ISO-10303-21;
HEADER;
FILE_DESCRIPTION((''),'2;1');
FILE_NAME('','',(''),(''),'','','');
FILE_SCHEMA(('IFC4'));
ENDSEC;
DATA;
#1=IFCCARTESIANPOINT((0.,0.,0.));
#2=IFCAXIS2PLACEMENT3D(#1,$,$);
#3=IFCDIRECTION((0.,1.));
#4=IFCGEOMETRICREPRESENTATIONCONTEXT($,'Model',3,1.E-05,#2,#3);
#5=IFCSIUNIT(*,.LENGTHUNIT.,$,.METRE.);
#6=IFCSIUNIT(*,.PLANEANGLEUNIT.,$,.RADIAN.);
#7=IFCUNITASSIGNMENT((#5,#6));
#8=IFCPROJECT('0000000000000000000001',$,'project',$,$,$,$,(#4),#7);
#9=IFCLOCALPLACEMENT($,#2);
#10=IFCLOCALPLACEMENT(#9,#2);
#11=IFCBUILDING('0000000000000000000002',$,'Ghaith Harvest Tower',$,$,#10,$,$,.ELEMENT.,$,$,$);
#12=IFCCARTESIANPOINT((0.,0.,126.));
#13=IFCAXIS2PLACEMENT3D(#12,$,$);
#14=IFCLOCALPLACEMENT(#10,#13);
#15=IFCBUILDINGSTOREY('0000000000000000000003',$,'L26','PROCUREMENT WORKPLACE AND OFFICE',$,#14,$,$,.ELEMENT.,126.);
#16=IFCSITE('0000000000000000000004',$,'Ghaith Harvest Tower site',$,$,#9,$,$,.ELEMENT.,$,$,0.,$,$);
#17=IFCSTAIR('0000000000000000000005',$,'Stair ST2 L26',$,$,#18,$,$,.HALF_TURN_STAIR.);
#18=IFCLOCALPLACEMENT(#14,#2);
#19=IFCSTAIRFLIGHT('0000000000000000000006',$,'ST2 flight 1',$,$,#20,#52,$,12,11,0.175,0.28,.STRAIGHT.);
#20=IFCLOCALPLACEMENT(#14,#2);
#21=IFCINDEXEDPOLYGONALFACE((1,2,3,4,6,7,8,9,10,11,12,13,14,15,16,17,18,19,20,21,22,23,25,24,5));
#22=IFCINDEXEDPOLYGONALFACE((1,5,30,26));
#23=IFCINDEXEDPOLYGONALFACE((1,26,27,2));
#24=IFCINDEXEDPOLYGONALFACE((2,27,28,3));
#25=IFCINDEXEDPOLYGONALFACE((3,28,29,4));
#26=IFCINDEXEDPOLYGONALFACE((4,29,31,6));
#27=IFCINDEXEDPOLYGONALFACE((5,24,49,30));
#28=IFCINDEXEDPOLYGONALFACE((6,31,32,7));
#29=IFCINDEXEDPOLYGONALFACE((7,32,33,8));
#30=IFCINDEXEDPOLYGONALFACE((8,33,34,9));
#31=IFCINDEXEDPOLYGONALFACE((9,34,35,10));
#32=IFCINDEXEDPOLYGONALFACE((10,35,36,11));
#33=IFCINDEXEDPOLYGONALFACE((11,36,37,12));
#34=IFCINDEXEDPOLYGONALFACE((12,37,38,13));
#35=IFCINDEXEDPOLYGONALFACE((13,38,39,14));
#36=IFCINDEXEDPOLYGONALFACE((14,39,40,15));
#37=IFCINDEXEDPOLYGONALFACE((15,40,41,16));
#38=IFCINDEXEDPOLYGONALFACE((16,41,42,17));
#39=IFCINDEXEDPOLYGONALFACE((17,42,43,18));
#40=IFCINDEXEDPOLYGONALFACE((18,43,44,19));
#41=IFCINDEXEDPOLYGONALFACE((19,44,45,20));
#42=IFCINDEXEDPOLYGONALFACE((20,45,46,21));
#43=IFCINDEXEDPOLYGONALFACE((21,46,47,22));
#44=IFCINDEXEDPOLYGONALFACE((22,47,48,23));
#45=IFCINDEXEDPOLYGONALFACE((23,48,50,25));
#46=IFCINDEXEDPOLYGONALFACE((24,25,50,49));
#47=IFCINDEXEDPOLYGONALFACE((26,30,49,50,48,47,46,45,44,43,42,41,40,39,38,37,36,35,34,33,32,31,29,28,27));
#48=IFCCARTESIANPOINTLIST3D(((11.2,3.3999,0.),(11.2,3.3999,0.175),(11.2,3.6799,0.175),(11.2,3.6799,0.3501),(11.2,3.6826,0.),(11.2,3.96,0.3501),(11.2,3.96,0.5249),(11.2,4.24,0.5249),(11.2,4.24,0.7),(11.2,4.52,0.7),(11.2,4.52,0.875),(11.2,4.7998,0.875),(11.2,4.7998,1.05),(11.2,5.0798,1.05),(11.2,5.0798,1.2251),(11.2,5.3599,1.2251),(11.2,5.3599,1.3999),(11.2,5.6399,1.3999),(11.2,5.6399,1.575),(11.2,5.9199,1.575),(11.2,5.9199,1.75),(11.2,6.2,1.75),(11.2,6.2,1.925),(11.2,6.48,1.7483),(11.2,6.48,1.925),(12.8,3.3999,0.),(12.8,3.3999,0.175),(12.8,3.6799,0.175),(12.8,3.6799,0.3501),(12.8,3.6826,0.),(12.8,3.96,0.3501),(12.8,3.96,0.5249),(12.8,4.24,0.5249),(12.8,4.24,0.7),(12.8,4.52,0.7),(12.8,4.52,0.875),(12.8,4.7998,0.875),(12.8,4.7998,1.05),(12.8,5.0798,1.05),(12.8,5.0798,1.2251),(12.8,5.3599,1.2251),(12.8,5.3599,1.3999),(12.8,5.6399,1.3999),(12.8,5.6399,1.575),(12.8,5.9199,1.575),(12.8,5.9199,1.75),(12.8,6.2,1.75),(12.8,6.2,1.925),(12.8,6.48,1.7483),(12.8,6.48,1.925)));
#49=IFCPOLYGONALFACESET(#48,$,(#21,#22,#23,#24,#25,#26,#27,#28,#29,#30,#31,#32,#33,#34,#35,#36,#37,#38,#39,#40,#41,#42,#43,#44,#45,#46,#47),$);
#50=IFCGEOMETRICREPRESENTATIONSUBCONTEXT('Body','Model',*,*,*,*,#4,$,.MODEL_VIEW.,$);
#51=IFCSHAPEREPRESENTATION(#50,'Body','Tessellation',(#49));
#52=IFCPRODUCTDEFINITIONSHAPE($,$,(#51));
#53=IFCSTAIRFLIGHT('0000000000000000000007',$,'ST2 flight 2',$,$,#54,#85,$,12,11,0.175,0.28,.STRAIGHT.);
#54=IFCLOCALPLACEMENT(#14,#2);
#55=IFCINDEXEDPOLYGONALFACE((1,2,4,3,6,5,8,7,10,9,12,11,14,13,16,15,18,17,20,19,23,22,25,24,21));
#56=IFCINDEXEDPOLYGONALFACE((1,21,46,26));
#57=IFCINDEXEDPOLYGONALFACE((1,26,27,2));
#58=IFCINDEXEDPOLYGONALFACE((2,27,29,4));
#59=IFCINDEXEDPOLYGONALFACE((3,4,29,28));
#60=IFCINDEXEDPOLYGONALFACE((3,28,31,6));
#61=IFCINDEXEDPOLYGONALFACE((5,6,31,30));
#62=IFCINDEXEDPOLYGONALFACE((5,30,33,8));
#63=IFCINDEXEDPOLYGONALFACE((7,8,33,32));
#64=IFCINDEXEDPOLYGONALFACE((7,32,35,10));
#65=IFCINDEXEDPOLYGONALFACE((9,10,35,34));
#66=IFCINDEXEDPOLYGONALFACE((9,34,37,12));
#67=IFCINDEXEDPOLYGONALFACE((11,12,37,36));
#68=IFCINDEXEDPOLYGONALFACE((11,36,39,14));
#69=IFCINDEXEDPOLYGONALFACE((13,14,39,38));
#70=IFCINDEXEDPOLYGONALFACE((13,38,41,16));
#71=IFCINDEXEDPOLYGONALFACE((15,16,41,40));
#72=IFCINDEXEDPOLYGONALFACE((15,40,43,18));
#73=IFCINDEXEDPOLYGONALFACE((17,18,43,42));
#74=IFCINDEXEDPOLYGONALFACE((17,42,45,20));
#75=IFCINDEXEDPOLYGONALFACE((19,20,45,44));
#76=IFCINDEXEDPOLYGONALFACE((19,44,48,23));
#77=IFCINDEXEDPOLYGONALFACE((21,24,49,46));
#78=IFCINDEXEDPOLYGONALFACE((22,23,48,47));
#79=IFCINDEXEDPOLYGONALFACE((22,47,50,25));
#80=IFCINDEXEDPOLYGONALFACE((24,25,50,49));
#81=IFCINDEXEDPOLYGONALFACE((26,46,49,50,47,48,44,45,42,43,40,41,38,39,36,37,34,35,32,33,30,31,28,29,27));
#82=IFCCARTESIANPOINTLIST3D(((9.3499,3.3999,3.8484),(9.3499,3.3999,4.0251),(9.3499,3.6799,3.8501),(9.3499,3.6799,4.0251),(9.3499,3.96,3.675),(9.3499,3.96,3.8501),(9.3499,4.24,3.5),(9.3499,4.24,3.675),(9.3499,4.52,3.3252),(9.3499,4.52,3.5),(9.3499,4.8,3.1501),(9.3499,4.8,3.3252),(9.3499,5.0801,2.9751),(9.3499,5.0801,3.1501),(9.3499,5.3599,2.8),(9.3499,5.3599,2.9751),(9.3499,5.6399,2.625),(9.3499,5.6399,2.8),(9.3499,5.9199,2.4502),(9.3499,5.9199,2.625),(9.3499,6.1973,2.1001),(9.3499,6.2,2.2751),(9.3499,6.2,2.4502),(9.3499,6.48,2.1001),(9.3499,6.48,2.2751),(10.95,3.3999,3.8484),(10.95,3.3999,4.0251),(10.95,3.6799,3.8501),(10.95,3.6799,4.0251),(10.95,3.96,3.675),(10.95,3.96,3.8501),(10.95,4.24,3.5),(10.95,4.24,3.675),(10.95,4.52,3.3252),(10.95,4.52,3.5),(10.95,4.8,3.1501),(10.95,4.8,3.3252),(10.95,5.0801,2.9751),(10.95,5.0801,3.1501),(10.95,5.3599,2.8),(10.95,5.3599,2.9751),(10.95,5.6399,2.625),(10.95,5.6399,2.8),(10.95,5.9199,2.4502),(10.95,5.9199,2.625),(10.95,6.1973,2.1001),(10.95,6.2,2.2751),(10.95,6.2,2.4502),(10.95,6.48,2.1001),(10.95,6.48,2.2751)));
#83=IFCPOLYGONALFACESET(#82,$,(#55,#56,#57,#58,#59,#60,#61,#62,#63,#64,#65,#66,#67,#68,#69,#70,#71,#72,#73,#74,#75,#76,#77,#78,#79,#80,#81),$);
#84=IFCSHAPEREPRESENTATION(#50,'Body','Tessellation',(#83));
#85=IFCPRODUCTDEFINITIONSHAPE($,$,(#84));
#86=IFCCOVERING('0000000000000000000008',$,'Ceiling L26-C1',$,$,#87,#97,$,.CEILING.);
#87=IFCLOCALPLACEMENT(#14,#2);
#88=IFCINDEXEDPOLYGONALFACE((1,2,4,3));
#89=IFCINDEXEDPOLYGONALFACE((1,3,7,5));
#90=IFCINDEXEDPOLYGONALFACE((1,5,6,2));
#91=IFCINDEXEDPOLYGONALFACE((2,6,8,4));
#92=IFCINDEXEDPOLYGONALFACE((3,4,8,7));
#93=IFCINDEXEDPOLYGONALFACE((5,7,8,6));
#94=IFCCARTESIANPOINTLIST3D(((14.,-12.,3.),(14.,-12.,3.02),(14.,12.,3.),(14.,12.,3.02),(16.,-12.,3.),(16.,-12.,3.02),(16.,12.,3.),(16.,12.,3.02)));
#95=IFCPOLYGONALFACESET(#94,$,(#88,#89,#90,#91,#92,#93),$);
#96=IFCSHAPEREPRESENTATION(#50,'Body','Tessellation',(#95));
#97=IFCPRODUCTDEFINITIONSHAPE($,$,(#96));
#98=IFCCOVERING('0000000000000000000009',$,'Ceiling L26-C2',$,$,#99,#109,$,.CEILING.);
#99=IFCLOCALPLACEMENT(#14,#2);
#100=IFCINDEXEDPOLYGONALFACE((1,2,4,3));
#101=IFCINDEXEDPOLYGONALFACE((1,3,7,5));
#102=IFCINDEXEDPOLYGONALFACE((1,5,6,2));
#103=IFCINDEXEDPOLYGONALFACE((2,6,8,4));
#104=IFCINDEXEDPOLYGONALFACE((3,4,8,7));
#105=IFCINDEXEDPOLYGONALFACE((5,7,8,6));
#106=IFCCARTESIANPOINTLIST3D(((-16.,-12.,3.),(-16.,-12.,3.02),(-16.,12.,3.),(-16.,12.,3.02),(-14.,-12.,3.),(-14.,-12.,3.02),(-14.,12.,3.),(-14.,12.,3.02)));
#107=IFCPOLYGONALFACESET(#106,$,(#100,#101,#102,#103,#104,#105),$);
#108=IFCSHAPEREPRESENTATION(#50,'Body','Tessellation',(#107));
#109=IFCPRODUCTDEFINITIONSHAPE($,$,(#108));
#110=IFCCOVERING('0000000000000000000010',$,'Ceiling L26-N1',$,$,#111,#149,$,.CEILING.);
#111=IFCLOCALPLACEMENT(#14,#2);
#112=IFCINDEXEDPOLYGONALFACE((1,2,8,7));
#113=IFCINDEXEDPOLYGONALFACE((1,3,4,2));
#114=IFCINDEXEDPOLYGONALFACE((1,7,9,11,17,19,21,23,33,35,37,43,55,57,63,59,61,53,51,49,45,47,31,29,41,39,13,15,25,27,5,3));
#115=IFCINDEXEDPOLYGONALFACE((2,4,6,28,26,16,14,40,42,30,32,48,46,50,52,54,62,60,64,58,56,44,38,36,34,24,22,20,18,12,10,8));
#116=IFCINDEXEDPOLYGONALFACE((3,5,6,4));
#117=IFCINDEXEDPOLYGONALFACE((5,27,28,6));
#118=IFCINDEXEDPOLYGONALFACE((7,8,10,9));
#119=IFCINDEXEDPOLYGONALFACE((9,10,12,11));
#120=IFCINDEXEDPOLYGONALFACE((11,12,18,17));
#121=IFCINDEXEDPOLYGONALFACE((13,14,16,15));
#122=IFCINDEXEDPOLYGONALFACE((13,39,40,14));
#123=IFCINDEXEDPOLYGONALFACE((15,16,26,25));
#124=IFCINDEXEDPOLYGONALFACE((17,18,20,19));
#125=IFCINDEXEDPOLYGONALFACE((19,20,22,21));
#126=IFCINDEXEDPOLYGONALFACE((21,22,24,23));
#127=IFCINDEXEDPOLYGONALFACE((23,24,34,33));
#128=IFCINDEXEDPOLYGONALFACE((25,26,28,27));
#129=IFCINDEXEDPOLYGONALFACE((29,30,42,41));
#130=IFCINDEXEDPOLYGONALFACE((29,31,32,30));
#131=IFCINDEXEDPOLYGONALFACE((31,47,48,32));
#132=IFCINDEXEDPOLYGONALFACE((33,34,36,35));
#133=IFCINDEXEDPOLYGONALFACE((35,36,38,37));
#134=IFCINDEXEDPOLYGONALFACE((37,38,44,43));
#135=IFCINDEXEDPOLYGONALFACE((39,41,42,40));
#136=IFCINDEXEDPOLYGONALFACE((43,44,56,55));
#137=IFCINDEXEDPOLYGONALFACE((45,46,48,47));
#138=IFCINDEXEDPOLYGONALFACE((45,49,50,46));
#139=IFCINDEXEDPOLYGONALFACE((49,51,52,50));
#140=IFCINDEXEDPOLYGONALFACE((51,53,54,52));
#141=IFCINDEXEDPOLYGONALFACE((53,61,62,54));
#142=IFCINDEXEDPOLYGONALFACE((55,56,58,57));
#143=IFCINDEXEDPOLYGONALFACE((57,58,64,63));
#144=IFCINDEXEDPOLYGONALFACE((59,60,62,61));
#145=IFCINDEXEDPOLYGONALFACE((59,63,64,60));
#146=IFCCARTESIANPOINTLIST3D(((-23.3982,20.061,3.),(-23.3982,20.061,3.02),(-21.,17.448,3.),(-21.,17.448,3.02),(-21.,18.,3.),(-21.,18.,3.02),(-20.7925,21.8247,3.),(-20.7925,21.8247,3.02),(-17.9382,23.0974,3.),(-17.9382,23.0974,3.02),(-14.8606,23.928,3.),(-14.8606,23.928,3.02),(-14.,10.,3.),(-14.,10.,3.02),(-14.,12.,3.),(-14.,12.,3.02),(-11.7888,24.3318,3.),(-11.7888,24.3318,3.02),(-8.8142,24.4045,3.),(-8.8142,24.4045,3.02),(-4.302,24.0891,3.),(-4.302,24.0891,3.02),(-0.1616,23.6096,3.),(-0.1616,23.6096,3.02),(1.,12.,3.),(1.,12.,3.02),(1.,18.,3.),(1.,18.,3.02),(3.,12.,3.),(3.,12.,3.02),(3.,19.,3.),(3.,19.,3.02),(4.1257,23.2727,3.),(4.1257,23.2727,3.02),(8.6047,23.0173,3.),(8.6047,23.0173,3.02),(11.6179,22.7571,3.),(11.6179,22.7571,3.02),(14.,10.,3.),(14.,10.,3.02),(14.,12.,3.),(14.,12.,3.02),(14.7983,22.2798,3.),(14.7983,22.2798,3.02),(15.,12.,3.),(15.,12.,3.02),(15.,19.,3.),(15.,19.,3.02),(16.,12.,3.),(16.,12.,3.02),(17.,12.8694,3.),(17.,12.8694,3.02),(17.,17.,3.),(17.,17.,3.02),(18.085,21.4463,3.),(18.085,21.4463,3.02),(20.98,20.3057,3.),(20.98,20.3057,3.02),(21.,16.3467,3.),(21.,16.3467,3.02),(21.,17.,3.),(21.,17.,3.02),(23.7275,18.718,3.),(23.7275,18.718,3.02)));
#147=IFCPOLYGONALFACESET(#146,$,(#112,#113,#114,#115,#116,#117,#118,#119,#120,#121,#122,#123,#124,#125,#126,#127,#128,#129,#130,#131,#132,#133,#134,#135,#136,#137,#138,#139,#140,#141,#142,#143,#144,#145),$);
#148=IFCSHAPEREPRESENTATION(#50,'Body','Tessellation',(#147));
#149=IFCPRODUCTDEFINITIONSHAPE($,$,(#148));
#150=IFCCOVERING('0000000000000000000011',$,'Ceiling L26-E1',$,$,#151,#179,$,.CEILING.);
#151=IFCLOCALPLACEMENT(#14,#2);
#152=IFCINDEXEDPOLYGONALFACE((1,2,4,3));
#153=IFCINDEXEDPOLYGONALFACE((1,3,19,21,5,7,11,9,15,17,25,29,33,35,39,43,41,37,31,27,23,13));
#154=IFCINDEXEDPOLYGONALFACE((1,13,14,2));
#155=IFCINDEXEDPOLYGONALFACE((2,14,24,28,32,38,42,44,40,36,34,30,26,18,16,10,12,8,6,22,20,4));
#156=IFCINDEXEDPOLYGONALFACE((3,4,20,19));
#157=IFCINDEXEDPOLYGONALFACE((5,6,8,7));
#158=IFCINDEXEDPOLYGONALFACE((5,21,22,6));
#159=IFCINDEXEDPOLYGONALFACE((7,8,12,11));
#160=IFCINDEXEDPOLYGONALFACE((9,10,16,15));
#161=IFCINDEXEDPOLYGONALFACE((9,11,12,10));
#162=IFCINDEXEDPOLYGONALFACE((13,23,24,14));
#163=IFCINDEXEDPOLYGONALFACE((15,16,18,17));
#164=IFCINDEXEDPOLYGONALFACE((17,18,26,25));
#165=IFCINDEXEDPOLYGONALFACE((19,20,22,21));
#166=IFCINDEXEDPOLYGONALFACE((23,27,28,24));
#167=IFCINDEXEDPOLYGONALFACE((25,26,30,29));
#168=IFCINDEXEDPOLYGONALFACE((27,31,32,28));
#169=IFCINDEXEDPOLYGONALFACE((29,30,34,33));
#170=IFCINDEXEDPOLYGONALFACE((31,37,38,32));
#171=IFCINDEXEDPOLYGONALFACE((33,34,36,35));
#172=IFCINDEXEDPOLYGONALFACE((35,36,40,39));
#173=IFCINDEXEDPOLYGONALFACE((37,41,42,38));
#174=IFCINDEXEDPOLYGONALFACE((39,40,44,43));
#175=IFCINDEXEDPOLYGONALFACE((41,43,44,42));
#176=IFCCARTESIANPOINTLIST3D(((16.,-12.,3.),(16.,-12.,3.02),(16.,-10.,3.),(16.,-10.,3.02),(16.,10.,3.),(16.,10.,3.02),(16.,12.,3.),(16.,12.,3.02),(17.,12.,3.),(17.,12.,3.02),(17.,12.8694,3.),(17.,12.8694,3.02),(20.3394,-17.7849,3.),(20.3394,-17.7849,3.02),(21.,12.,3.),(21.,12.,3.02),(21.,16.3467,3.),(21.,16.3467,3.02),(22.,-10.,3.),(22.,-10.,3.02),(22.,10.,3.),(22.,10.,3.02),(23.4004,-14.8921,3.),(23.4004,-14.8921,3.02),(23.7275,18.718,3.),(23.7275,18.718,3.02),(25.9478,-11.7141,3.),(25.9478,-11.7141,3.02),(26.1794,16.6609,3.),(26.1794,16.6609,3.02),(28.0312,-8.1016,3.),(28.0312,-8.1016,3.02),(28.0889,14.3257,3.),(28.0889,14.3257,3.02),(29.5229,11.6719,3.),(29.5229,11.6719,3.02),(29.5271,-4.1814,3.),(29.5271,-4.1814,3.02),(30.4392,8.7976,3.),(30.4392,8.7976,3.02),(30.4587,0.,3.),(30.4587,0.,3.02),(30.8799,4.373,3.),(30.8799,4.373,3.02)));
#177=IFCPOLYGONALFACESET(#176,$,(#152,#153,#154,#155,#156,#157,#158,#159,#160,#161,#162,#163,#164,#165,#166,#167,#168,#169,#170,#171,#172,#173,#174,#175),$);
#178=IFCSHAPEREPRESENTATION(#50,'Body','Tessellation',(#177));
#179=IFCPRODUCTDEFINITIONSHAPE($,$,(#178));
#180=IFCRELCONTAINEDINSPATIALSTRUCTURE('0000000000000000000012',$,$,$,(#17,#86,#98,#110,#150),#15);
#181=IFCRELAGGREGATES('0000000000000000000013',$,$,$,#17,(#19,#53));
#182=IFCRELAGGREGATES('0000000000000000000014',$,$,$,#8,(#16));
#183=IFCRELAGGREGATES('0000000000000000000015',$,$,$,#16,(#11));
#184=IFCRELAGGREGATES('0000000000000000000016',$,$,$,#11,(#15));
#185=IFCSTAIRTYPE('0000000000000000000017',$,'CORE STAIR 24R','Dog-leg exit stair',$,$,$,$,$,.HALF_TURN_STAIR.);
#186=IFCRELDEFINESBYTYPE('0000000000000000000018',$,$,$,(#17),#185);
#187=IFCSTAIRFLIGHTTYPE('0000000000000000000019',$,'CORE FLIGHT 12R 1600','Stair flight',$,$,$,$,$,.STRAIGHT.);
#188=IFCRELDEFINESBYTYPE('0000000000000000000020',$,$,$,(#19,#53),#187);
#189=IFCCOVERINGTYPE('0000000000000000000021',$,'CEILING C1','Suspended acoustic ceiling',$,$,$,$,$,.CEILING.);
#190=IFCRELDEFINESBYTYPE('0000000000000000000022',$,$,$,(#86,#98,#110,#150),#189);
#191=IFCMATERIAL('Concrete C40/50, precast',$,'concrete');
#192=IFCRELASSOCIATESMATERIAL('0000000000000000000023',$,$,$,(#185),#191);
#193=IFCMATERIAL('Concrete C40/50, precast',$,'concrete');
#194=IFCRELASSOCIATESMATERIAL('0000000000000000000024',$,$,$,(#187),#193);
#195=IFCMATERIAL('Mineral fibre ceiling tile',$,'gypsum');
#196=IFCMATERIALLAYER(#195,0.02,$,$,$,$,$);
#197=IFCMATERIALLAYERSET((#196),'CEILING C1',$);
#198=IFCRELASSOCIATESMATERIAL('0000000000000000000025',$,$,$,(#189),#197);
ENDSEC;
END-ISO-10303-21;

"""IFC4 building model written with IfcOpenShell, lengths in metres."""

from ifc_helpers import new_model, si_unit, direction, frame, origin, place, context, subcontext, project, spatial, polyline, outline, extrude, material, layer, layer_set, type_object, element, aggregate, save


model = new_model("IFC4")

# Units and contexts
model_context = context("Model", 3, precision=1e-05, world=origin(), true_north=direction((0.0, 1.0)))
body_context = subcontext(model_context, "Body", "Model", "MODEL_VIEW")
ifc_project = project(units=[si_unit("LENGTHUNIT", "METRE"), si_unit("PLANEANGLEUNIT", "RADIAN")], contexts=[model_context])

# Site, building, storey
site_placement = place(None, origin())
site = spatial("IfcSite", under=ifc_project, at=site_placement, Name="Ghaith Harvest Tower site", CompositionType="ELEMENT", RefElevation=0.0)
building_placement = place(site_placement, origin())
building = spatial("IfcBuilding", under=site, at=building_placement, Name="Ghaith Harvest Tower", CompositionType="ELEMENT")
storey_placement = place(building_placement, frame((0.0, 0.0, 126.0)))
storey = spatial("IfcBuildingStorey", under=building, at=storey_placement, Name="L26", Description="PROCUREMENT WORKPLACE AND OFFICE", CompositionType="ELEMENT", Elevation=126.0)

# Stair, stair flights
ifc_material_1 = material(Name="Concrete C40/50, precast", Category="concrete")
stair_type = type_object("IfcStairType", Name="CORE STAIR 24R", Description="Dog-leg exit stair", PredefinedType="HALF_TURN_STAIR", material=ifc_material_1)
stair_placement = place(storey_placement, origin())
stair = element("IfcStair", 1, at=stair_placement, inside=storey, type_object=stair_type, Name="Stair ST2 L26", PredefinedType="HALF_TURN_STAIR")
ifc_material_2 = material(Name="Concrete C40/50, precast", Category="concrete")
stair_flight_type = type_object("IfcStairFlightType", Name="CORE FLIGHT 12R 1600", Description="Stair flight", PredefinedType="STRAIGHT", material=ifc_material_2)
stair_flight_1_placement = place(storey_placement, frame((12.0, 3.3999, 0.0), z_axis=(0.0, 0.0, 1.0), x_axis=(0.0, 1.0, 0.0)))
stair_flight_1 = element("IfcStairFlight", 2, at=stair_flight_1_placement, type_object=stair_flight_type, Name="ST2 flight 1", NumberOfRisers=12, NumberOfTreads=11, PredefinedType="STRAIGHT", RiserHeight=0.175, TreadLength=0.28, context=body_context, shape_type="SweptSolid", body=[
    extrude(outline(polyline([(0.0, 0.0), (0.0, 0.175), (0.28, 0.175), (0.28, 0.3501), (0.5601, 0.3501), (0.5601, 0.5249), (0.8401, 0.5249), (0.8401, 0.7), (1.1201, 0.7), (1.1201, 0.875), (1.3999, 0.875), (1.3999, 1.05), (1.6799, 1.05), (1.6799, 1.2251), (1.96, 1.2251), (1.96, 1.3999), (2.24, 1.3999), (2.24, 1.575), (2.52, 1.575), (2.52, 1.75), (2.8, 1.75), (2.8, 1.925), (3.0801, 1.925), (3.0801, 2.1001), (3.0801, 1.7483), (0.2827, 0.0), (0.0, 0.0)])), frame((0.0, 0.8, 0.0), z_axis=(0.0, -1.0, 0.0), x_axis=(1.0, 0.0, 0.0)), (0.0, 0.0, 1.0), 1.6001),
])
stair_flight_2_placement = place(storey_placement, frame((10.1499, 6.48, 2.1001), z_axis=(0.0, 0.0, 1.0), x_axis=(0.0, -1.0, 0.0)))
stair_flight_2 = element("IfcStairFlight", 3, at=stair_flight_2_placement, type_object=stair_flight_type, Name="ST2 flight 2", NumberOfRisers=12, NumberOfTreads=11, PredefinedType="STRAIGHT", RiserHeight=0.175, TreadLength=0.28, context=body_context, shape_type="SweptSolid", body=[
    extrude(outline(polyline([(0.0, 0.0), (0.0, 0.175), (0.28, 0.175), (0.28, 0.3501), (0.5601, 0.3501), (0.5601, 0.5249), (0.8401, 0.5249), (0.8401, 0.7), (1.1201, 0.7), (1.1201, 0.875), (1.3999, 0.875), (1.3999, 1.05), (1.6799, 1.05), (1.6799, 1.2251), (1.96, 1.2251), (1.96, 1.3999), (2.24, 1.3999), (2.24, 1.575), (2.52, 1.575), (2.52, 1.75), (2.8, 1.75), (2.8, 1.925), (3.0801, 1.925), (3.0801, 2.1001), (3.0801, 1.7483), (0.2827, 0.0), (0.0, 0.0)])), frame((0.0, 0.8, 0.0), z_axis=(0.0, -1.0, 0.0), x_axis=(1.0, 0.0, 0.0)), (0.0, 0.0, 1.0), 1.6001),
])
aggregate(stair, [stair_flight_1, stair_flight_2])

# Coverings
ifc_material_3 = material(Name="Mineral fibre ceiling tile", Category="gypsum")
ifc_layer_1 = layer(ifc_material_3, 0.02)
ifc_layer_set_1 = layer_set([ifc_layer_1], Name="CEILING C1")
covering_type = type_object("IfcCoveringType", Name="CEILING C1", Description="Suspended acoustic ceiling", PredefinedType="CEILING", material=ifc_layer_set_1)
covering_1_placement = place(storey_placement, frame((0.0, 0.0, 3.0)))
element("IfcCovering", 4, at=covering_1_placement, inside=storey, type_object=covering_type, Name="Ceiling L26-C1", PredefinedType="CEILING", context=body_context, shape_type="SweptSolid", body=[
    extrude(outline(polyline([(14.0, -12.0), (14.0, 12.0), (16.0, 12.0), (16.0, -12.0), (14.0, -12.0)])), origin(), (0.0, 0.0, 1.0), 0.02),
])
covering_2_placement = place(storey_placement, frame((0.0, 0.0, 3.0)))
element("IfcCovering", 5, at=covering_2_placement, inside=storey, type_object=covering_type, Name="Ceiling L26-C2", PredefinedType="CEILING", context=body_context, shape_type="SweptSolid", body=[
    extrude(outline(polyline([(-14.0, 12.0), (-14.0, -12.0), (-16.0, -12.0), (-16.0, 12.0), (-14.0, 12.0)])), origin(), (0.0, 0.0, 1.0), 0.02),
])
covering_3_placement = place(storey_placement, frame((0.0, 0.0, 3.0)))
element("IfcCovering", 6, at=covering_3_placement, inside=storey, type_object=covering_type, Name="Ceiling L26-N1", PredefinedType="CEILING", context=body_context, shape_type="SweptSolid", body=[
    extrude(outline(polyline([(-20.7925, 21.8247), (-17.9382, 23.0974), (-14.8606, 23.928), (-11.7888, 24.3318), (-8.8142, 24.4045), (-4.302, 24.0891), (-0.1616, 23.6096), (4.1257, 23.2727), (8.6047, 23.0173), (11.6179, 22.7571), (14.7983, 22.2798), (18.085, 21.4463), (20.98, 20.3057), (23.7275, 18.718), (21.0, 16.3467), (21.0, 17.0), (17.0, 17.0), (17.0, 12.8694), (16.0, 12.0), (15.0, 12.0), (15.0, 19.0), (3.0, 19.0), (3.0, 12.0), (14.0, 12.0), (14.0, 10.0), (-14.0, 10.0), (-14.0, 12.0), (1.0, 12.0), (1.0, 18.0), (-21.0, 18.0), (-21.0, 17.448), (-23.3982, 20.061), (-20.7925, 21.8247)])), origin(), (0.0, 0.0, 1.0), 0.02),
])
covering_4_placement = place(storey_placement, frame((0.0, 0.0, 3.0)))
element("IfcCovering", 7, at=covering_4_placement, inside=storey, type_object=covering_type, Name="Ceiling L26-E1", PredefinedType="CEILING", context=body_context, shape_type="SweptSolid", body=[
    extrude(outline(polyline([(26.1794, 16.6609), (28.0889, 14.3257), (29.5229, 11.6719), (30.4392, 8.7976), (30.8799, 4.373), (30.4587, 0.0), (29.5271, -4.1814), (28.0312, -8.1016), (25.9478, -11.7141), (23.4004, -14.8921), (20.3394, -17.7849), (16.0, -12.0), (16.0, -10.0), (22.0, -10.0), (22.0, 10.0), (16.0, 10.0), (16.0, 12.0), (17.0, 12.8694), (17.0, 12.0), (21.0, 12.0), (21.0, 16.3467), (23.7275, 18.718), (26.1794, 16.6609)])), origin(), (0.0, 0.0, 1.0), 0.02),
])

save(model, "model.ifc")
